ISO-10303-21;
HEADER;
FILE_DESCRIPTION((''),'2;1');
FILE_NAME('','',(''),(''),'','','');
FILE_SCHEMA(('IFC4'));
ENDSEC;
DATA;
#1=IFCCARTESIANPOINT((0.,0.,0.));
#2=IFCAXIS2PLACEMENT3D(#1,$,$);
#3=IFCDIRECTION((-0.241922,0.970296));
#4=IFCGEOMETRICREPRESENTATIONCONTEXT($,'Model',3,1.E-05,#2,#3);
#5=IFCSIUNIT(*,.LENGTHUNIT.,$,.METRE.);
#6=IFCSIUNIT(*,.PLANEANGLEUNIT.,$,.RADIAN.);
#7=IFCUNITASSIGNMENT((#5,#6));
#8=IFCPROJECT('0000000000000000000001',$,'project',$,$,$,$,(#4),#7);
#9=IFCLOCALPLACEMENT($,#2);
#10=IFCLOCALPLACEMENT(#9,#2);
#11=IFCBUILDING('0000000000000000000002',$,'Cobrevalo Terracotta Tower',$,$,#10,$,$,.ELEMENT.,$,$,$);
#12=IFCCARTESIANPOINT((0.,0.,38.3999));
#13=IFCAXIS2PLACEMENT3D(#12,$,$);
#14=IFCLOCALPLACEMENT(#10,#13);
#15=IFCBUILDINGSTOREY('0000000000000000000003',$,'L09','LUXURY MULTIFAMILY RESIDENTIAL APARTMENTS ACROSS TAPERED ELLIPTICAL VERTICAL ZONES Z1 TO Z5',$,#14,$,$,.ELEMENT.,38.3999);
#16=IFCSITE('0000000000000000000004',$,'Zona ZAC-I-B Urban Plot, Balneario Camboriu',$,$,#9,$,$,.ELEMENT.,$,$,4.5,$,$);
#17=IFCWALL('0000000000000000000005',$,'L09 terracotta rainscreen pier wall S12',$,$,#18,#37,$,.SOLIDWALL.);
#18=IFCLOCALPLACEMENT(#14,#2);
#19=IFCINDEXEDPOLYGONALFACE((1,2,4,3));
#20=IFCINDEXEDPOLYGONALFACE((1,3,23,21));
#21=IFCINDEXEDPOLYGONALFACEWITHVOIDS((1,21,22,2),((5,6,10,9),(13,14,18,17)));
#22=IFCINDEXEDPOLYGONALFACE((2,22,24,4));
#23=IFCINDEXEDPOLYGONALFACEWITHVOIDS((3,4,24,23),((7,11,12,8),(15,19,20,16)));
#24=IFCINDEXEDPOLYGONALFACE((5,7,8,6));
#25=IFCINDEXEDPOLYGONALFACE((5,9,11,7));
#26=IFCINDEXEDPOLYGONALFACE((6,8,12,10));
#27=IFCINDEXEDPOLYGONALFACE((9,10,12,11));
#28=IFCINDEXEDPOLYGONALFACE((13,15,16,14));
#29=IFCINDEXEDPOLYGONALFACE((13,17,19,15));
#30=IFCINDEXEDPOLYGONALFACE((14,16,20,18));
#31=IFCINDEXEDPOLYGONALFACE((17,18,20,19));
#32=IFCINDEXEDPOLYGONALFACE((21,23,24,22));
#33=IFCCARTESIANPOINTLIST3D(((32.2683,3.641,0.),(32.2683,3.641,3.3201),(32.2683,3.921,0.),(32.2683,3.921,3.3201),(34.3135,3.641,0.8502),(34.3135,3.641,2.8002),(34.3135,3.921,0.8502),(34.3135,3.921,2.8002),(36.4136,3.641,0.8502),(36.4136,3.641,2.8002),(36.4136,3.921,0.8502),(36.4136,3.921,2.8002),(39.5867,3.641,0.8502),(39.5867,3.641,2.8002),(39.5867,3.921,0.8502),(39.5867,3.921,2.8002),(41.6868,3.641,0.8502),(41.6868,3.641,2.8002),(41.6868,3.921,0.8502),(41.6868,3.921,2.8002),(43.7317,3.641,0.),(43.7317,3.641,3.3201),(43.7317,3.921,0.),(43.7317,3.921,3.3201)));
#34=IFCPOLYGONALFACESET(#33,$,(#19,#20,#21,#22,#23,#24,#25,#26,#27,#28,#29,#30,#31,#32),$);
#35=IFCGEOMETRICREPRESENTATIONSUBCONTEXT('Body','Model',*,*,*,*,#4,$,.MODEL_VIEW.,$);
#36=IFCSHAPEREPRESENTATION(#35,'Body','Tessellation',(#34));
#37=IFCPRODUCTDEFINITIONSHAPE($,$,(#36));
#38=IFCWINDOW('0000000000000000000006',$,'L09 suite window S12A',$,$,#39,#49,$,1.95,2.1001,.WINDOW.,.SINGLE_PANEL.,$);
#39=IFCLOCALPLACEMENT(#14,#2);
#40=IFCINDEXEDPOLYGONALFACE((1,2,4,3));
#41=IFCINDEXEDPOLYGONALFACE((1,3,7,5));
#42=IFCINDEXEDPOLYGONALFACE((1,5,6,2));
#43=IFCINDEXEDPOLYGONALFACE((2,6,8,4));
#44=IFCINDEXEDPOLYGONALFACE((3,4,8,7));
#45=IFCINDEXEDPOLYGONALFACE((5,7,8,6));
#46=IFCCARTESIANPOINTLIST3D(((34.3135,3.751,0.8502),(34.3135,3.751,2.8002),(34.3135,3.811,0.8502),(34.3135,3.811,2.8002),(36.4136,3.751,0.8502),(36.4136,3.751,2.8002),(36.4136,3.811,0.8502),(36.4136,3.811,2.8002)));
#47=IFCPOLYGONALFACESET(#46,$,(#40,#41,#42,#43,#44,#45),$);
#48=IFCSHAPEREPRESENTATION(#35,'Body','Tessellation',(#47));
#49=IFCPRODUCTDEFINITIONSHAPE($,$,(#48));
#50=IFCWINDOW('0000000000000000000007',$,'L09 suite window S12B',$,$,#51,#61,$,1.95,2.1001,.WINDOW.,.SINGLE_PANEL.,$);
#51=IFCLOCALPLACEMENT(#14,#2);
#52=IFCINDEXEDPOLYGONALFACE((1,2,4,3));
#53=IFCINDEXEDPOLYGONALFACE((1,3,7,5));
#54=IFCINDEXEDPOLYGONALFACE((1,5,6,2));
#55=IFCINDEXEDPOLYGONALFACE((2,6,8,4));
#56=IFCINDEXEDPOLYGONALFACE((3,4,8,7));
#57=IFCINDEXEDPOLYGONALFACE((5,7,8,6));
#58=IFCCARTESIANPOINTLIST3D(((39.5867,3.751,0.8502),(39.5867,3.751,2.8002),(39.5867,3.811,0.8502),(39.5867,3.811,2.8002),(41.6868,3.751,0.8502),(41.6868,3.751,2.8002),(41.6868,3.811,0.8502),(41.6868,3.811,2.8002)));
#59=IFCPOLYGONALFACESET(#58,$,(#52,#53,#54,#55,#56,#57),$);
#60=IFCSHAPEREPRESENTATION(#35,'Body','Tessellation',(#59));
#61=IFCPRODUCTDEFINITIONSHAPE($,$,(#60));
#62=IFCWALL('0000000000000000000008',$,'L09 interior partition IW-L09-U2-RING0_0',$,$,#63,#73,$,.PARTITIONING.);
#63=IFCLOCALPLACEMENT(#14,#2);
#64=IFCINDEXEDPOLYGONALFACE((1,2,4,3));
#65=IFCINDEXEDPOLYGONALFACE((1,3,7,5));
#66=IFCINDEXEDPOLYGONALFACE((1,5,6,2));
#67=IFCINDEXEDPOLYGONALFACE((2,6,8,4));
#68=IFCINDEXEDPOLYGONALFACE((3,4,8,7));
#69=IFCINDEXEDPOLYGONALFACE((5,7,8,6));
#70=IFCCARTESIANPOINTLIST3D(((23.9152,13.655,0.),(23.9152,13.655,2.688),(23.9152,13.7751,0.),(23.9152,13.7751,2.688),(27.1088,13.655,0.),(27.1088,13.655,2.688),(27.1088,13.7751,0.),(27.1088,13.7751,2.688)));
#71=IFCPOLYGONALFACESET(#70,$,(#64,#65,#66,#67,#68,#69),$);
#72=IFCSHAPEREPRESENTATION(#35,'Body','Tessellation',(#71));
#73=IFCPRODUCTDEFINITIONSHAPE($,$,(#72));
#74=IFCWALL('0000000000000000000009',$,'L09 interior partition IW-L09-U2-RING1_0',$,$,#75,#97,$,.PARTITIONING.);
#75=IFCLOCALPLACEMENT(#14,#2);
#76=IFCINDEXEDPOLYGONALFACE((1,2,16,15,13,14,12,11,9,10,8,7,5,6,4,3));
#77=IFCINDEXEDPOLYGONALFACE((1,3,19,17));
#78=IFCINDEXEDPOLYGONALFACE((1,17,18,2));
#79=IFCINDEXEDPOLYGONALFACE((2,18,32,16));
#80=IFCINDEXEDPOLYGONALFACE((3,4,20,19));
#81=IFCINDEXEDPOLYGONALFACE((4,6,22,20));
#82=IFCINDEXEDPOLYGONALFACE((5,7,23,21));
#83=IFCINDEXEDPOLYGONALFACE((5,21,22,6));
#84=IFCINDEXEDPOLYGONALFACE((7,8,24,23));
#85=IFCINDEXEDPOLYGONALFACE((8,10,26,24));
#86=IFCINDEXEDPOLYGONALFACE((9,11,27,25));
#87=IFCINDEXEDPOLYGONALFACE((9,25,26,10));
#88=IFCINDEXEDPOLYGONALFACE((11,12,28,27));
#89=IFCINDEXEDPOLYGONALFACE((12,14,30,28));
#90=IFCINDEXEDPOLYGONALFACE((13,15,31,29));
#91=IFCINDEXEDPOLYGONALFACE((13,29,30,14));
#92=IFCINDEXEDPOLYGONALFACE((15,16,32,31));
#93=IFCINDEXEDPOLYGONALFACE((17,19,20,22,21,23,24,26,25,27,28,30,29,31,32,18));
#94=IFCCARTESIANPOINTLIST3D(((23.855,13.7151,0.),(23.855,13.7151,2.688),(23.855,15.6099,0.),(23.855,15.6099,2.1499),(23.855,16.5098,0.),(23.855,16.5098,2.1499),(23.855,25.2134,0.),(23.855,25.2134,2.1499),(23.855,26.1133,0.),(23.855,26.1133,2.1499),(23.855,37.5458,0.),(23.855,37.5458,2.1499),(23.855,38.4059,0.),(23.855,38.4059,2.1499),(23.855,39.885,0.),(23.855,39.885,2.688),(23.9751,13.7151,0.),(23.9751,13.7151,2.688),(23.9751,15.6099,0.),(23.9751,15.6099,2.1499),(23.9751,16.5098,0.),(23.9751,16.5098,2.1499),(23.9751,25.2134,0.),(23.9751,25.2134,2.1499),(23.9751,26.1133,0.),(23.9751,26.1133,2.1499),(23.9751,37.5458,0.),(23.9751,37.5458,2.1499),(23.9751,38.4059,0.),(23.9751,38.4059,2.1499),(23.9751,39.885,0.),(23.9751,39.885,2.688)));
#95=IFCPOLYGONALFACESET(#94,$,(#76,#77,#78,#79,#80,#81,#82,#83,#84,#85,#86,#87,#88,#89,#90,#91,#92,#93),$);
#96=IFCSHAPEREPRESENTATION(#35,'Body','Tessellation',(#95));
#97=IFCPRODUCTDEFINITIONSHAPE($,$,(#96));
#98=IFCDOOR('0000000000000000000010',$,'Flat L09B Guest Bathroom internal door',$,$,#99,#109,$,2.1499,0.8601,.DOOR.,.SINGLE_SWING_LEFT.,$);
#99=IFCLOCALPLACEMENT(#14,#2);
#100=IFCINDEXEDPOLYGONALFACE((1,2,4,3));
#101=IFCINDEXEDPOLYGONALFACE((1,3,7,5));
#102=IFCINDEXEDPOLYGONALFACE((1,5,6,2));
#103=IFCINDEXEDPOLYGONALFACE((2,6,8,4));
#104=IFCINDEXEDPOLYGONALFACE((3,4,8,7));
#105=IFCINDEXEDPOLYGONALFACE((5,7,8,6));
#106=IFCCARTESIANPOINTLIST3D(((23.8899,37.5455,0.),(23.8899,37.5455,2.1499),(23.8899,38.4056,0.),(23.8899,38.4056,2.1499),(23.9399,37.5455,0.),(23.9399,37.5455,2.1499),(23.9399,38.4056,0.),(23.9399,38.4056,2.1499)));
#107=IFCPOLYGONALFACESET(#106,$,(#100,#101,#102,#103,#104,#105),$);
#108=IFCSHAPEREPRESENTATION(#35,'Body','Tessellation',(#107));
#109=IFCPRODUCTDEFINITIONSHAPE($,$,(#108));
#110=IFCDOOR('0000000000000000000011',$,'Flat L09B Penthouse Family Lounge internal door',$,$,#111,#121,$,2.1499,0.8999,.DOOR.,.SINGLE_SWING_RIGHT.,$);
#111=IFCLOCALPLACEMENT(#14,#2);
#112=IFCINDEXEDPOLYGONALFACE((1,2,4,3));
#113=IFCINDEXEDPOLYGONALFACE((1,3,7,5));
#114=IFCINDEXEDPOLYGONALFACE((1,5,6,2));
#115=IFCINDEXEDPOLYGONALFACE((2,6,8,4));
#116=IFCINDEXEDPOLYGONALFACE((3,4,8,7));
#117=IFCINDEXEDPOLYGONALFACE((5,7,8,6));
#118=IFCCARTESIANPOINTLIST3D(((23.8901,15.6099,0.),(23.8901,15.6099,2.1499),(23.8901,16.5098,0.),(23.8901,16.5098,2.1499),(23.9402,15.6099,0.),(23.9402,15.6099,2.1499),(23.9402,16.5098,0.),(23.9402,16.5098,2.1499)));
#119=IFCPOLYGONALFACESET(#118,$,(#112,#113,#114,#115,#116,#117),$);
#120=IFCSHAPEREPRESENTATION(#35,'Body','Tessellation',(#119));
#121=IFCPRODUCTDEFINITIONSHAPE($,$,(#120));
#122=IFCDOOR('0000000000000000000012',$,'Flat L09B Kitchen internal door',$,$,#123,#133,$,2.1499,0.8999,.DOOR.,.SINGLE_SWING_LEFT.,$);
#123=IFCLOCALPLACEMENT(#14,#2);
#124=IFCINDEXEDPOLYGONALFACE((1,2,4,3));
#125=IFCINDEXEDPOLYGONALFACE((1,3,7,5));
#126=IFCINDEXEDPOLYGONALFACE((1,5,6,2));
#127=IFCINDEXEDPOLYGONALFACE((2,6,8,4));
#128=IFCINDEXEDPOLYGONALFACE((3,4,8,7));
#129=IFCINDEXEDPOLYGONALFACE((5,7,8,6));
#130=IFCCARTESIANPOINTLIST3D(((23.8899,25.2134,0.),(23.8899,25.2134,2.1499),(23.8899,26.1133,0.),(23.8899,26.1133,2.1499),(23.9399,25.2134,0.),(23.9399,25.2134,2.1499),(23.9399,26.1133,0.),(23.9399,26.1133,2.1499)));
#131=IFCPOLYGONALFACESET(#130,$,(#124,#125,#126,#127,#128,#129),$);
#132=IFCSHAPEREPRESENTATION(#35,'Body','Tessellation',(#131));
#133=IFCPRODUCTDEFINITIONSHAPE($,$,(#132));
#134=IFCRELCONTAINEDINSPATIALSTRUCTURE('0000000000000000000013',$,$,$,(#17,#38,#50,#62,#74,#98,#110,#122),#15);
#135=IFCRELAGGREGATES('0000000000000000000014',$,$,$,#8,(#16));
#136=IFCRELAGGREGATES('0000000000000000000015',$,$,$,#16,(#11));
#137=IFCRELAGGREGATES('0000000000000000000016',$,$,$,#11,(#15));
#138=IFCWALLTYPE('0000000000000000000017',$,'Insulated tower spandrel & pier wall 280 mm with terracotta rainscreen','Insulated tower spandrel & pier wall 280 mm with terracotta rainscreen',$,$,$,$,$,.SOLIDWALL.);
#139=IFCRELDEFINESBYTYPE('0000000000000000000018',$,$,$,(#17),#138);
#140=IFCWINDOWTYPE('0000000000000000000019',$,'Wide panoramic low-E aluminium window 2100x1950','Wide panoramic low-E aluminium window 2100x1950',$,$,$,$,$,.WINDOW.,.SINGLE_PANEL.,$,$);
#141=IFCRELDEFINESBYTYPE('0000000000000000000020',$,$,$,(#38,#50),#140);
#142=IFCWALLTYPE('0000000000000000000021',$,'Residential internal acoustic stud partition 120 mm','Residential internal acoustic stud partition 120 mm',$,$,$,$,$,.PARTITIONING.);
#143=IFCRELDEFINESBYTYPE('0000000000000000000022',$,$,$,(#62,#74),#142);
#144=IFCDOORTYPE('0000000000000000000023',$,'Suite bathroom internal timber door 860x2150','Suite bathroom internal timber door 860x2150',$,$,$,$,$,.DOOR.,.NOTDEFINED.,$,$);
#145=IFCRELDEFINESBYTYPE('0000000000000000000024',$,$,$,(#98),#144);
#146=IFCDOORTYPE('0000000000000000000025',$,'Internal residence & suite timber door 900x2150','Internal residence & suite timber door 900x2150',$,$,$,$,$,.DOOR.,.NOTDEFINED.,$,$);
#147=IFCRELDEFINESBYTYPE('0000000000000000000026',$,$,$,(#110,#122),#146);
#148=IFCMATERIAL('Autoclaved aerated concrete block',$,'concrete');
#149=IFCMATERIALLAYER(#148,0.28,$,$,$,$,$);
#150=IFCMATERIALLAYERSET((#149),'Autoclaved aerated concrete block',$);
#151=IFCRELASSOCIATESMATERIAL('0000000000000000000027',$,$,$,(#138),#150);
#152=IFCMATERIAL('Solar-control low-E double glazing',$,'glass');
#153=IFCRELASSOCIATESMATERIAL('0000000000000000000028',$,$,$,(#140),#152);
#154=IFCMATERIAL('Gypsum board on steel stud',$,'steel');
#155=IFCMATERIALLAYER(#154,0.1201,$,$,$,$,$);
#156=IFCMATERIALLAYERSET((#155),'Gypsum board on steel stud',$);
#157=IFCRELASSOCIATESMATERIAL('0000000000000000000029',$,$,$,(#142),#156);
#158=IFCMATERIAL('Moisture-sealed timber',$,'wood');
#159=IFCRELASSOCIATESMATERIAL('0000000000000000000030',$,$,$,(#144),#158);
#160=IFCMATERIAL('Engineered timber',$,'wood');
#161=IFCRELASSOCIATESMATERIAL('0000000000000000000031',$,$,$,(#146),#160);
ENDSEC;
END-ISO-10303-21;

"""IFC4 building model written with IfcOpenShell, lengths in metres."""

from ifc_helpers import new_model, si_unit, direction, frame, frame_2d, origin, place, context, subcontext, project, spatial, rectangle, extrude, source, transform, mapped, material, layer, layer_set, type_object, element, fill, save


model = new_model("IFC4")

# Units and contexts
model_context = context("Model", 3, precision=1e-05, world=origin(), true_north=direction((-0.241922, 0.970296)))
body_context = subcontext(model_context, "Body", "Model", "MODEL_VIEW")
ifc_project = project(units=[si_unit("LENGTHUNIT", "METRE"), si_unit("PLANEANGLEUNIT", "RADIAN")], contexts=[model_context])

# Site, building, storey
site_placement = place(None, origin())
site = spatial("IfcSite", under=ifc_project, at=site_placement, Name="Zona ZAC-I-B Urban Plot, Balneario Camboriu", CompositionType="ELEMENT", RefElevation=4.5)
building_placement = place(site_placement, origin())
building = spatial("IfcBuilding", under=site, at=building_placement, Name="Cobrevalo Terracotta Tower", CompositionType="ELEMENT")
storey_placement = place(building_placement, frame((0.0, 0.0, 38.3999)))
storey = spatial("IfcBuildingStorey", under=building, at=storey_placement, Name="L09", Description="LUXURY MULTIFAMILY RESIDENTIAL APARTMENTS ACROSS TAPERED ELLIPTICAL VERTICAL ZONES Z1 TO Z5", CompositionType="ELEMENT", Elevation=38.3999)

# Shared definitions
ifc_material_1 = material(Name="Solar-control low-E double glazing", Category="glass")

# Wall, openings, windows
ifc_material_2 = material(Name="Autoclaved aerated concrete block", Category="concrete")
ifc_layer_1 = layer(ifc_material_2, 0.28)
ifc_layer_set_1 = layer_set([ifc_layer_1], Name="Autoclaved aerated concrete block")
wall_type_1 = type_object("IfcWallType", Name="Insulated tower spandrel & pier wall 280 mm with terracotta rainscreen", Description="Insulated tower spandrel & pier wall 280 mm with terracotta rainscreen", PredefinedType="SOLIDWALL", material=ifc_layer_set_1)
wall_1_placement = place(storey_placement, frame((32.2683, 3.781, 0.0), z_axis=(0.0, 0.0, 1.0), x_axis=(1.0, 0.0, 0.0)))
wall_1 = element("IfcWall", 1, at=wall_1_placement, inside=storey, type_object=wall_type_1, Name="L09 terracotta rainscreen pier wall S12", PredefinedType="SOLIDWALL", context=body_context, shape_type="SweptSolid", body=[
    extrude(rectangle(XDim=11.4634, YDim=0.28, at=frame_2d((5.7317, 0.0))), origin(), (0.0, 0.0, 1.0), 3.3201),
])
opening_1_placement = place(wall_1_placement, frame((2.0452, 0.0, 0.8501)))
opening_1 = element("IfcOpeningElement", 2, at=opening_1_placement, cuts=wall_1, PredefinedType="OPENING", context=body_context, shape_type="SweptSolid", body=[
    extrude(rectangle(XDim=2.1001, YDim=1.95, at=frame_2d((1.05, 0.9751))), frame((0.0, 0.1499, 0.0), z_axis=(0.0, -1.0, 0.0), x_axis=(1.0, 0.0, 0.0)), (0.0, 0.0, 1.0), 0.3),
])
opening_2_placement = place(wall_1_placement, frame((7.3184, 0.0, 0.8501)))
opening_2 = element("IfcOpeningElement", 3, at=opening_2_placement, cuts=wall_1, PredefinedType="OPENING", context=body_context, shape_type="SweptSolid", body=[
    extrude(rectangle(XDim=2.1001, YDim=1.95, at=frame_2d((1.05, 0.9751))), frame((0.0, 0.1499, 0.0), z_axis=(0.0, -1.0, 0.0), x_axis=(1.0, 0.0, 0.0)), (0.0, 0.0, 1.0), 0.3),
])
window_type = type_object("IfcWindowType", Name="Wide panoramic low-E aluminium window 2100x1950", Description="Wide panoramic low-E aluminium window 2100x1950", PartitioningType="SINGLE_PANEL", PredefinedType="WINDOW", material=ifc_material_1)
shared_shape_1 = source(origin(), body_context, "Body", "SweptSolid", [
    extrude(rectangle(XDim=2.1001, YDim=1.95, at=frame_2d((1.05, 0.9751))), frame((0.0, 0.03, 0.0), z_axis=(0.0, -1.0, 0.0), x_axis=(1.0, 0.0, 0.0)), (0.0, 0.0, 1.0), 0.0601),
])
window_1_placement = place(opening_1_placement, origin())
window_1 = element("IfcWindow", 4, at=window_1_placement, inside=storey, type_object=window_type, Name="L09 suite window S12A", OverallHeight=1.95, OverallWidth=2.1001, PartitioningType="SINGLE_PANEL", PredefinedType="WINDOW", context=body_context, shape_type="MappedRepresentation", body=[
    mapped(shared_shape_1, transform((0.0, 0.0, 0.0), scale=1.0)),
])
fill(opening_1, window_1)
window_2_placement = place(opening_2_placement, origin())
window_2 = element("IfcWindow", 5, at=window_2_placement, inside=storey, type_object=window_type, Name="L09 suite window S12B", OverallHeight=1.95, OverallWidth=2.1001, PartitioningType="SINGLE_PANEL", PredefinedType="WINDOW", context=body_context, shape_type="MappedRepresentation", body=[
    mapped(shared_shape_1, transform((0.0, 0.0, 0.0), scale=1.0)),
])
fill(opening_2, window_2)

# Wall
ifc_material_3 = material(Name="Gypsum board on steel stud", Category="steel")
ifc_layer_2 = layer(ifc_material_3, 0.1201)
ifc_layer_set_2 = layer_set([ifc_layer_2], Name="Gypsum board on steel stud")
wall_type_2 = type_object("IfcWallType", Name="Residential internal acoustic stud partition 120 mm", Description="Residential internal acoustic stud partition 120 mm", PredefinedType="PARTITIONING", material=ifc_layer_set_2)
wall_2_placement = place(storey_placement, frame((27.1086, 13.7151, 0.0), z_axis=(0.0, 0.0, 1.0), x_axis=(-1.0, 0.0, 0.0)))
element("IfcWall", 6, at=wall_2_placement, inside=storey, type_object=wall_type_2, Name="L09 interior partition IW-L09-U2-RING0_0", PredefinedType="PARTITIONING", context=body_context, shape_type="SweptSolid", body=[
    extrude(rectangle(XDim=3.1936, YDim=0.1201, at=frame_2d((1.5967, 0.0))), origin(), (0.0, 0.0, 1.0), 2.688),
])

# Wall, openings, doors
wall_3_placement = place(storey_placement, frame((23.915, 13.7151, 0.0), z_axis=(0.0, 0.0, 1.0), x_axis=(0.0, 1.0, 0.0)))
wall_3 = element("IfcWall", 7, at=wall_3_placement, inside=storey, type_object=wall_type_2, Name="L09 interior partition IW-L09-U2-RING1_0", PredefinedType="PARTITIONING", context=body_context, shape_type="SweptSolid", body=[
    extrude(rectangle(XDim=26.1699, YDim=0.1201, at=frame_2d((13.085, 0.0))), origin(), (0.0, 0.0, 1.0), 2.688),
])
opening_3_placement = place(wall_3_placement, frame((1.8948, 0.0, 0.0)))
opening_3 = element("IfcOpeningElement", 8, at=opening_3_placement, cuts=wall_3, PredefinedType="OPENING", context=body_context, shape_type="SweptSolid", body=[
    extrude(rectangle(XDim=0.8999, YDim=2.1499, at=frame_2d((0.45, 1.075))), frame((0.0, 0.0701, 0.0), z_axis=(0.0, -1.0, 0.0), x_axis=(1.0, 0.0, 0.0)), (0.0, 0.0, 1.0), 0.1401),
])
opening_4_placement = place(wall_3_placement, frame((11.4983, 0.0, 0.0)))
opening_4 = element("IfcOpeningElement", 9, at=opening_4_placement, cuts=wall_3, PredefinedType="OPENING", context=body_context, shape_type="SweptSolid", body=[
    extrude(rectangle(XDim=0.8999, YDim=2.1499, at=frame_2d((0.45, 1.075))), frame((0.0, 0.0701, 0.0), z_axis=(0.0, -1.0, 0.0), x_axis=(1.0, 0.0, 0.0)), (0.0, 0.0, 1.0), 0.1401),
])
opening_5_placement = place(wall_3_placement, frame((23.8306, 0.0, 0.0)))
opening_5 = element("IfcOpeningElement", 10, at=opening_5_placement, cuts=wall_3, PredefinedType="OPENING", context=body_context, shape_type="SweptSolid", body=[
    extrude(rectangle(XDim=0.8601, YDim=2.1499, at=frame_2d((0.4302, 1.075))), frame((0.0, 0.0701, 0.0), z_axis=(0.0, -1.0, 0.0), x_axis=(1.0, 0.0, 0.0)), (0.0, 0.0, 1.0), 0.1401),
])
ifc_material_4 = material(Name="Moisture-sealed timber", Category="wood")
door_type_1 = type_object("IfcDoorType", Name="Suite bathroom internal timber door 860x2150", Description="Suite bathroom internal timber door 860x2150", OperationType="NOTDEFINED", PredefinedType="DOOR", material=ifc_material_4)
shared_shape_2 = source(origin(), body_context, "Body", "SweptSolid", [
    extrude(rectangle(XDim=0.8601, YDim=2.1499, at=frame_2d((0.4302, 1.075))), frame((0.0, 0.0249, 0.0), z_axis=(0.0, -1.0, 0.0), x_axis=(1.0, 0.0, 0.0)), (0.0, 0.0, 1.0), 0.05),
])
door_1_placement = place(opening_5_placement, frame((0.8601, 0.0, 0.0), z_axis=(0.0, 0.0, 1.0), x_axis=(-1.0, 0.0, 0.0)))
door_1 = element("IfcDoor", 11, at=door_1_placement, inside=storey, type_object=door_type_1, Name="Flat L09B Guest Bathroom internal door", OperationType="SINGLE_SWING_LEFT", OverallHeight=2.1499, OverallWidth=0.8601, PredefinedType="DOOR", context=body_context, shape_type="MappedRepresentation", body=[
    mapped(shared_shape_2, transform((0.0, 0.0, 0.0), scale=1.0)),
])
fill(opening_5, door_1)
ifc_material_5 = material(Name="Engineered timber", Category="wood")
door_type_2 = type_object("IfcDoorType", Name="Internal residence & suite timber door 900x2150", Description="Internal residence & suite timber door 900x2150", OperationType="NOTDEFINED", PredefinedType="DOOR", material=ifc_material_5)
shared_shape_3 = source(origin(), body_context, "Body", "SweptSolid", [
    extrude(rectangle(XDim=0.8999, YDim=2.1499, at=frame_2d((0.45, 1.075))), frame((0.0, 0.0249, 0.0), z_axis=(0.0, -1.0, 0.0), x_axis=(1.0, 0.0, 0.0)), (0.0, 0.0, 1.0), 0.05),
])
door_2_placement = place(opening_3_placement, origin())
door_2 = element("IfcDoor", 12, at=door_2_placement, inside=storey, type_object=door_type_2, Name="Flat L09B Penthouse Family Lounge internal door", OperationType="SINGLE_SWING_RIGHT", OverallHeight=2.1499, OverallWidth=0.8999, PredefinedType="DOOR", context=body_context, shape_type="MappedRepresentation", body=[
    mapped(shared_shape_3, transform((0.0, 0.0, 0.0), scale=1.0)),
])
fill(opening_3, door_2)
door_3_placement = place(opening_4_placement, frame((0.8999, 0.0, 0.0), z_axis=(0.0, 0.0, 1.0), x_axis=(-1.0, 0.0, 0.0)))
door_3 = element("IfcDoor", 13, at=door_3_placement, inside=storey, type_object=door_type_2, Name="Flat L09B Kitchen internal door", OperationType="SINGLE_SWING_LEFT", OverallHeight=2.1499, OverallWidth=0.8999, PredefinedType="DOOR", context=body_context, shape_type="MappedRepresentation", body=[
    mapped(shared_shape_3, transform((0.0, 0.0, 0.0), scale=1.0)),
])
fill(opening_4, door_3)

save(model, "model.ifc")
